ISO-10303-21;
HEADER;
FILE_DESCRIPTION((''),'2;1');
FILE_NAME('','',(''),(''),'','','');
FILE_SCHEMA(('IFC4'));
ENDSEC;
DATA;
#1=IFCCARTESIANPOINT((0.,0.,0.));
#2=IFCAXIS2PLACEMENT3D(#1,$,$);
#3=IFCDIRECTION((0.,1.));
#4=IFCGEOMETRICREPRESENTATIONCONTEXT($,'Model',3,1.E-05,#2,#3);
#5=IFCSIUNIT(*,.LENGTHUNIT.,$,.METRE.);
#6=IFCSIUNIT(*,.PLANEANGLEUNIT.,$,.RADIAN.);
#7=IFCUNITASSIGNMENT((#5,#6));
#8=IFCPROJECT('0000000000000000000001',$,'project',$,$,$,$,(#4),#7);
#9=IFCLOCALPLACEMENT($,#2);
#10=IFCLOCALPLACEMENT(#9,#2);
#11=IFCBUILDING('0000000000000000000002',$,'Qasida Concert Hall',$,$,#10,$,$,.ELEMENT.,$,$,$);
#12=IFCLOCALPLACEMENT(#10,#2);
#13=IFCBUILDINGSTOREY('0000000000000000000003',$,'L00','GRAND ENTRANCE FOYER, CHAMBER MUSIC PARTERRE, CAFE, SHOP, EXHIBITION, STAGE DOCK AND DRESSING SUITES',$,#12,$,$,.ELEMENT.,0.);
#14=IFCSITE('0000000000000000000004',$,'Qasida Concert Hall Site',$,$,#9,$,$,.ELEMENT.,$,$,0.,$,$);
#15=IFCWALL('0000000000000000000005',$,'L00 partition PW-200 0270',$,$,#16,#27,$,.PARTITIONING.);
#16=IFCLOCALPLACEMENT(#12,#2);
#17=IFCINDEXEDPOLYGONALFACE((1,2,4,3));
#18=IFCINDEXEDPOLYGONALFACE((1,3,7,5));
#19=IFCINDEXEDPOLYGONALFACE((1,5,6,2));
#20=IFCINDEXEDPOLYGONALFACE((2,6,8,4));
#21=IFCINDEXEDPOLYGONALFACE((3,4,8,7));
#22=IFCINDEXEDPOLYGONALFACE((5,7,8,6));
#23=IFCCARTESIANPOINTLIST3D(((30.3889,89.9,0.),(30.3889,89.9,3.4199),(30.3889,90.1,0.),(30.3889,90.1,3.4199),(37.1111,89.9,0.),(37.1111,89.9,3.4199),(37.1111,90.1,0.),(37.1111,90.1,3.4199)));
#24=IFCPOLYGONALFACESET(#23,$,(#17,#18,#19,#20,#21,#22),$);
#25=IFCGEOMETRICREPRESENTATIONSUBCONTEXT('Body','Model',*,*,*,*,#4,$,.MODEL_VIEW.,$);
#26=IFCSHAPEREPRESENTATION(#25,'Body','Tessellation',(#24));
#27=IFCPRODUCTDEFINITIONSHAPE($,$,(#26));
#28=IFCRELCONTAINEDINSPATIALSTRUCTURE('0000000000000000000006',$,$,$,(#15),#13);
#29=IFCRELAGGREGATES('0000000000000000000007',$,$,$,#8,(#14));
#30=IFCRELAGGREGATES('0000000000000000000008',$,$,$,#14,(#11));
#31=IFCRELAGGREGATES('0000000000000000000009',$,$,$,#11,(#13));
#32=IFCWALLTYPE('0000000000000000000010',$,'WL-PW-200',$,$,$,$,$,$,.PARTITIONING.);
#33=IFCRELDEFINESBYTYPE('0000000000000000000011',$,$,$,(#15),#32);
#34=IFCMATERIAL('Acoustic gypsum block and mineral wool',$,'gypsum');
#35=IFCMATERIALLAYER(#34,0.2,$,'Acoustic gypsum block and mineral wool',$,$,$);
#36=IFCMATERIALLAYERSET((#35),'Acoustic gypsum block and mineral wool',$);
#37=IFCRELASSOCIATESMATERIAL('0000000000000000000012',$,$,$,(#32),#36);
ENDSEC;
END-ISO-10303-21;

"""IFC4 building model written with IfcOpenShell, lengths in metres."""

from ifc_helpers import new_model, si_unit, direction, frame, frame_2d, origin, place, context, subcontext, project, spatial, rectangle, extrude, material, layer, layer_set, type_object, element, save


model = new_model("IFC4")

# Units and contexts
model_context = context("Model", 3, precision=1e-05, world=origin(), true_north=direction((0.0, 1.0)))
body_context = subcontext(model_context, "Body", "Model", "MODEL_VIEW")
ifc_project = project(units=[si_unit("LENGTHUNIT", "METRE"), si_unit("PLANEANGLEUNIT", "RADIAN")], contexts=[model_context])

# Site, building, storey
site_placement = place(None, origin())
site = spatial("IfcSite", under=ifc_project, at=site_placement, Name="Qasida Concert Hall Site", CompositionType="ELEMENT", RefElevation=0.0)
building_placement = place(site_placement, origin())
building = spatial("IfcBuilding", under=site, at=building_placement, Name="Qasida Concert Hall", CompositionType="ELEMENT")
storey_placement = place(building_placement, origin())
storey = spatial("IfcBuildingStorey", under=building, at=storey_placement, Name="L00", Description="GRAND ENTRANCE FOYER, CHAMBER MUSIC PARTERRE, CAFE, SHOP, EXHIBITION, STAGE DOCK AND DRESSING SUITES", CompositionType="ELEMENT", Elevation=0.0)

# Wall
ifc_material_1 = material(Name="Acoustic gypsum block and mineral wool", Category="gypsum")
ifc_layer_1 = layer(ifc_material_1, 0.2, Name="Acoustic gypsum block and mineral wool")
ifc_layer_set_1 = layer_set([ifc_layer_1], Name="Acoustic gypsum block and mineral wool")
wall_type = type_object("IfcWallType", Name="WL-PW-200", PredefinedType="PARTITIONING", material=ifc_layer_set_1)
for number, where, z_axis, x_axis, name in (
    (1, (30.3889, 90.0, 0.0), (0.0, 0.0, 1.0), (1.0, 0.0, 0.0), "L00 partition PW-200 0270"),
):
    element("IfcWall", number, at=place(storey_placement, frame(where, z_axis=z_axis, x_axis=x_axis)), inside=storey, type_object=wall_type, Name=name, PredefinedType="PARTITIONING", context=body_context, shape_type="SweptSolid", body=[
        extrude(rectangle(XDim=6.7222, YDim=0.2, at=frame_2d((3.3611, 0.0))), origin(), (0.0, 0.0, 1.0), 3.4199),
    ])

save(model, "model.ifc")
